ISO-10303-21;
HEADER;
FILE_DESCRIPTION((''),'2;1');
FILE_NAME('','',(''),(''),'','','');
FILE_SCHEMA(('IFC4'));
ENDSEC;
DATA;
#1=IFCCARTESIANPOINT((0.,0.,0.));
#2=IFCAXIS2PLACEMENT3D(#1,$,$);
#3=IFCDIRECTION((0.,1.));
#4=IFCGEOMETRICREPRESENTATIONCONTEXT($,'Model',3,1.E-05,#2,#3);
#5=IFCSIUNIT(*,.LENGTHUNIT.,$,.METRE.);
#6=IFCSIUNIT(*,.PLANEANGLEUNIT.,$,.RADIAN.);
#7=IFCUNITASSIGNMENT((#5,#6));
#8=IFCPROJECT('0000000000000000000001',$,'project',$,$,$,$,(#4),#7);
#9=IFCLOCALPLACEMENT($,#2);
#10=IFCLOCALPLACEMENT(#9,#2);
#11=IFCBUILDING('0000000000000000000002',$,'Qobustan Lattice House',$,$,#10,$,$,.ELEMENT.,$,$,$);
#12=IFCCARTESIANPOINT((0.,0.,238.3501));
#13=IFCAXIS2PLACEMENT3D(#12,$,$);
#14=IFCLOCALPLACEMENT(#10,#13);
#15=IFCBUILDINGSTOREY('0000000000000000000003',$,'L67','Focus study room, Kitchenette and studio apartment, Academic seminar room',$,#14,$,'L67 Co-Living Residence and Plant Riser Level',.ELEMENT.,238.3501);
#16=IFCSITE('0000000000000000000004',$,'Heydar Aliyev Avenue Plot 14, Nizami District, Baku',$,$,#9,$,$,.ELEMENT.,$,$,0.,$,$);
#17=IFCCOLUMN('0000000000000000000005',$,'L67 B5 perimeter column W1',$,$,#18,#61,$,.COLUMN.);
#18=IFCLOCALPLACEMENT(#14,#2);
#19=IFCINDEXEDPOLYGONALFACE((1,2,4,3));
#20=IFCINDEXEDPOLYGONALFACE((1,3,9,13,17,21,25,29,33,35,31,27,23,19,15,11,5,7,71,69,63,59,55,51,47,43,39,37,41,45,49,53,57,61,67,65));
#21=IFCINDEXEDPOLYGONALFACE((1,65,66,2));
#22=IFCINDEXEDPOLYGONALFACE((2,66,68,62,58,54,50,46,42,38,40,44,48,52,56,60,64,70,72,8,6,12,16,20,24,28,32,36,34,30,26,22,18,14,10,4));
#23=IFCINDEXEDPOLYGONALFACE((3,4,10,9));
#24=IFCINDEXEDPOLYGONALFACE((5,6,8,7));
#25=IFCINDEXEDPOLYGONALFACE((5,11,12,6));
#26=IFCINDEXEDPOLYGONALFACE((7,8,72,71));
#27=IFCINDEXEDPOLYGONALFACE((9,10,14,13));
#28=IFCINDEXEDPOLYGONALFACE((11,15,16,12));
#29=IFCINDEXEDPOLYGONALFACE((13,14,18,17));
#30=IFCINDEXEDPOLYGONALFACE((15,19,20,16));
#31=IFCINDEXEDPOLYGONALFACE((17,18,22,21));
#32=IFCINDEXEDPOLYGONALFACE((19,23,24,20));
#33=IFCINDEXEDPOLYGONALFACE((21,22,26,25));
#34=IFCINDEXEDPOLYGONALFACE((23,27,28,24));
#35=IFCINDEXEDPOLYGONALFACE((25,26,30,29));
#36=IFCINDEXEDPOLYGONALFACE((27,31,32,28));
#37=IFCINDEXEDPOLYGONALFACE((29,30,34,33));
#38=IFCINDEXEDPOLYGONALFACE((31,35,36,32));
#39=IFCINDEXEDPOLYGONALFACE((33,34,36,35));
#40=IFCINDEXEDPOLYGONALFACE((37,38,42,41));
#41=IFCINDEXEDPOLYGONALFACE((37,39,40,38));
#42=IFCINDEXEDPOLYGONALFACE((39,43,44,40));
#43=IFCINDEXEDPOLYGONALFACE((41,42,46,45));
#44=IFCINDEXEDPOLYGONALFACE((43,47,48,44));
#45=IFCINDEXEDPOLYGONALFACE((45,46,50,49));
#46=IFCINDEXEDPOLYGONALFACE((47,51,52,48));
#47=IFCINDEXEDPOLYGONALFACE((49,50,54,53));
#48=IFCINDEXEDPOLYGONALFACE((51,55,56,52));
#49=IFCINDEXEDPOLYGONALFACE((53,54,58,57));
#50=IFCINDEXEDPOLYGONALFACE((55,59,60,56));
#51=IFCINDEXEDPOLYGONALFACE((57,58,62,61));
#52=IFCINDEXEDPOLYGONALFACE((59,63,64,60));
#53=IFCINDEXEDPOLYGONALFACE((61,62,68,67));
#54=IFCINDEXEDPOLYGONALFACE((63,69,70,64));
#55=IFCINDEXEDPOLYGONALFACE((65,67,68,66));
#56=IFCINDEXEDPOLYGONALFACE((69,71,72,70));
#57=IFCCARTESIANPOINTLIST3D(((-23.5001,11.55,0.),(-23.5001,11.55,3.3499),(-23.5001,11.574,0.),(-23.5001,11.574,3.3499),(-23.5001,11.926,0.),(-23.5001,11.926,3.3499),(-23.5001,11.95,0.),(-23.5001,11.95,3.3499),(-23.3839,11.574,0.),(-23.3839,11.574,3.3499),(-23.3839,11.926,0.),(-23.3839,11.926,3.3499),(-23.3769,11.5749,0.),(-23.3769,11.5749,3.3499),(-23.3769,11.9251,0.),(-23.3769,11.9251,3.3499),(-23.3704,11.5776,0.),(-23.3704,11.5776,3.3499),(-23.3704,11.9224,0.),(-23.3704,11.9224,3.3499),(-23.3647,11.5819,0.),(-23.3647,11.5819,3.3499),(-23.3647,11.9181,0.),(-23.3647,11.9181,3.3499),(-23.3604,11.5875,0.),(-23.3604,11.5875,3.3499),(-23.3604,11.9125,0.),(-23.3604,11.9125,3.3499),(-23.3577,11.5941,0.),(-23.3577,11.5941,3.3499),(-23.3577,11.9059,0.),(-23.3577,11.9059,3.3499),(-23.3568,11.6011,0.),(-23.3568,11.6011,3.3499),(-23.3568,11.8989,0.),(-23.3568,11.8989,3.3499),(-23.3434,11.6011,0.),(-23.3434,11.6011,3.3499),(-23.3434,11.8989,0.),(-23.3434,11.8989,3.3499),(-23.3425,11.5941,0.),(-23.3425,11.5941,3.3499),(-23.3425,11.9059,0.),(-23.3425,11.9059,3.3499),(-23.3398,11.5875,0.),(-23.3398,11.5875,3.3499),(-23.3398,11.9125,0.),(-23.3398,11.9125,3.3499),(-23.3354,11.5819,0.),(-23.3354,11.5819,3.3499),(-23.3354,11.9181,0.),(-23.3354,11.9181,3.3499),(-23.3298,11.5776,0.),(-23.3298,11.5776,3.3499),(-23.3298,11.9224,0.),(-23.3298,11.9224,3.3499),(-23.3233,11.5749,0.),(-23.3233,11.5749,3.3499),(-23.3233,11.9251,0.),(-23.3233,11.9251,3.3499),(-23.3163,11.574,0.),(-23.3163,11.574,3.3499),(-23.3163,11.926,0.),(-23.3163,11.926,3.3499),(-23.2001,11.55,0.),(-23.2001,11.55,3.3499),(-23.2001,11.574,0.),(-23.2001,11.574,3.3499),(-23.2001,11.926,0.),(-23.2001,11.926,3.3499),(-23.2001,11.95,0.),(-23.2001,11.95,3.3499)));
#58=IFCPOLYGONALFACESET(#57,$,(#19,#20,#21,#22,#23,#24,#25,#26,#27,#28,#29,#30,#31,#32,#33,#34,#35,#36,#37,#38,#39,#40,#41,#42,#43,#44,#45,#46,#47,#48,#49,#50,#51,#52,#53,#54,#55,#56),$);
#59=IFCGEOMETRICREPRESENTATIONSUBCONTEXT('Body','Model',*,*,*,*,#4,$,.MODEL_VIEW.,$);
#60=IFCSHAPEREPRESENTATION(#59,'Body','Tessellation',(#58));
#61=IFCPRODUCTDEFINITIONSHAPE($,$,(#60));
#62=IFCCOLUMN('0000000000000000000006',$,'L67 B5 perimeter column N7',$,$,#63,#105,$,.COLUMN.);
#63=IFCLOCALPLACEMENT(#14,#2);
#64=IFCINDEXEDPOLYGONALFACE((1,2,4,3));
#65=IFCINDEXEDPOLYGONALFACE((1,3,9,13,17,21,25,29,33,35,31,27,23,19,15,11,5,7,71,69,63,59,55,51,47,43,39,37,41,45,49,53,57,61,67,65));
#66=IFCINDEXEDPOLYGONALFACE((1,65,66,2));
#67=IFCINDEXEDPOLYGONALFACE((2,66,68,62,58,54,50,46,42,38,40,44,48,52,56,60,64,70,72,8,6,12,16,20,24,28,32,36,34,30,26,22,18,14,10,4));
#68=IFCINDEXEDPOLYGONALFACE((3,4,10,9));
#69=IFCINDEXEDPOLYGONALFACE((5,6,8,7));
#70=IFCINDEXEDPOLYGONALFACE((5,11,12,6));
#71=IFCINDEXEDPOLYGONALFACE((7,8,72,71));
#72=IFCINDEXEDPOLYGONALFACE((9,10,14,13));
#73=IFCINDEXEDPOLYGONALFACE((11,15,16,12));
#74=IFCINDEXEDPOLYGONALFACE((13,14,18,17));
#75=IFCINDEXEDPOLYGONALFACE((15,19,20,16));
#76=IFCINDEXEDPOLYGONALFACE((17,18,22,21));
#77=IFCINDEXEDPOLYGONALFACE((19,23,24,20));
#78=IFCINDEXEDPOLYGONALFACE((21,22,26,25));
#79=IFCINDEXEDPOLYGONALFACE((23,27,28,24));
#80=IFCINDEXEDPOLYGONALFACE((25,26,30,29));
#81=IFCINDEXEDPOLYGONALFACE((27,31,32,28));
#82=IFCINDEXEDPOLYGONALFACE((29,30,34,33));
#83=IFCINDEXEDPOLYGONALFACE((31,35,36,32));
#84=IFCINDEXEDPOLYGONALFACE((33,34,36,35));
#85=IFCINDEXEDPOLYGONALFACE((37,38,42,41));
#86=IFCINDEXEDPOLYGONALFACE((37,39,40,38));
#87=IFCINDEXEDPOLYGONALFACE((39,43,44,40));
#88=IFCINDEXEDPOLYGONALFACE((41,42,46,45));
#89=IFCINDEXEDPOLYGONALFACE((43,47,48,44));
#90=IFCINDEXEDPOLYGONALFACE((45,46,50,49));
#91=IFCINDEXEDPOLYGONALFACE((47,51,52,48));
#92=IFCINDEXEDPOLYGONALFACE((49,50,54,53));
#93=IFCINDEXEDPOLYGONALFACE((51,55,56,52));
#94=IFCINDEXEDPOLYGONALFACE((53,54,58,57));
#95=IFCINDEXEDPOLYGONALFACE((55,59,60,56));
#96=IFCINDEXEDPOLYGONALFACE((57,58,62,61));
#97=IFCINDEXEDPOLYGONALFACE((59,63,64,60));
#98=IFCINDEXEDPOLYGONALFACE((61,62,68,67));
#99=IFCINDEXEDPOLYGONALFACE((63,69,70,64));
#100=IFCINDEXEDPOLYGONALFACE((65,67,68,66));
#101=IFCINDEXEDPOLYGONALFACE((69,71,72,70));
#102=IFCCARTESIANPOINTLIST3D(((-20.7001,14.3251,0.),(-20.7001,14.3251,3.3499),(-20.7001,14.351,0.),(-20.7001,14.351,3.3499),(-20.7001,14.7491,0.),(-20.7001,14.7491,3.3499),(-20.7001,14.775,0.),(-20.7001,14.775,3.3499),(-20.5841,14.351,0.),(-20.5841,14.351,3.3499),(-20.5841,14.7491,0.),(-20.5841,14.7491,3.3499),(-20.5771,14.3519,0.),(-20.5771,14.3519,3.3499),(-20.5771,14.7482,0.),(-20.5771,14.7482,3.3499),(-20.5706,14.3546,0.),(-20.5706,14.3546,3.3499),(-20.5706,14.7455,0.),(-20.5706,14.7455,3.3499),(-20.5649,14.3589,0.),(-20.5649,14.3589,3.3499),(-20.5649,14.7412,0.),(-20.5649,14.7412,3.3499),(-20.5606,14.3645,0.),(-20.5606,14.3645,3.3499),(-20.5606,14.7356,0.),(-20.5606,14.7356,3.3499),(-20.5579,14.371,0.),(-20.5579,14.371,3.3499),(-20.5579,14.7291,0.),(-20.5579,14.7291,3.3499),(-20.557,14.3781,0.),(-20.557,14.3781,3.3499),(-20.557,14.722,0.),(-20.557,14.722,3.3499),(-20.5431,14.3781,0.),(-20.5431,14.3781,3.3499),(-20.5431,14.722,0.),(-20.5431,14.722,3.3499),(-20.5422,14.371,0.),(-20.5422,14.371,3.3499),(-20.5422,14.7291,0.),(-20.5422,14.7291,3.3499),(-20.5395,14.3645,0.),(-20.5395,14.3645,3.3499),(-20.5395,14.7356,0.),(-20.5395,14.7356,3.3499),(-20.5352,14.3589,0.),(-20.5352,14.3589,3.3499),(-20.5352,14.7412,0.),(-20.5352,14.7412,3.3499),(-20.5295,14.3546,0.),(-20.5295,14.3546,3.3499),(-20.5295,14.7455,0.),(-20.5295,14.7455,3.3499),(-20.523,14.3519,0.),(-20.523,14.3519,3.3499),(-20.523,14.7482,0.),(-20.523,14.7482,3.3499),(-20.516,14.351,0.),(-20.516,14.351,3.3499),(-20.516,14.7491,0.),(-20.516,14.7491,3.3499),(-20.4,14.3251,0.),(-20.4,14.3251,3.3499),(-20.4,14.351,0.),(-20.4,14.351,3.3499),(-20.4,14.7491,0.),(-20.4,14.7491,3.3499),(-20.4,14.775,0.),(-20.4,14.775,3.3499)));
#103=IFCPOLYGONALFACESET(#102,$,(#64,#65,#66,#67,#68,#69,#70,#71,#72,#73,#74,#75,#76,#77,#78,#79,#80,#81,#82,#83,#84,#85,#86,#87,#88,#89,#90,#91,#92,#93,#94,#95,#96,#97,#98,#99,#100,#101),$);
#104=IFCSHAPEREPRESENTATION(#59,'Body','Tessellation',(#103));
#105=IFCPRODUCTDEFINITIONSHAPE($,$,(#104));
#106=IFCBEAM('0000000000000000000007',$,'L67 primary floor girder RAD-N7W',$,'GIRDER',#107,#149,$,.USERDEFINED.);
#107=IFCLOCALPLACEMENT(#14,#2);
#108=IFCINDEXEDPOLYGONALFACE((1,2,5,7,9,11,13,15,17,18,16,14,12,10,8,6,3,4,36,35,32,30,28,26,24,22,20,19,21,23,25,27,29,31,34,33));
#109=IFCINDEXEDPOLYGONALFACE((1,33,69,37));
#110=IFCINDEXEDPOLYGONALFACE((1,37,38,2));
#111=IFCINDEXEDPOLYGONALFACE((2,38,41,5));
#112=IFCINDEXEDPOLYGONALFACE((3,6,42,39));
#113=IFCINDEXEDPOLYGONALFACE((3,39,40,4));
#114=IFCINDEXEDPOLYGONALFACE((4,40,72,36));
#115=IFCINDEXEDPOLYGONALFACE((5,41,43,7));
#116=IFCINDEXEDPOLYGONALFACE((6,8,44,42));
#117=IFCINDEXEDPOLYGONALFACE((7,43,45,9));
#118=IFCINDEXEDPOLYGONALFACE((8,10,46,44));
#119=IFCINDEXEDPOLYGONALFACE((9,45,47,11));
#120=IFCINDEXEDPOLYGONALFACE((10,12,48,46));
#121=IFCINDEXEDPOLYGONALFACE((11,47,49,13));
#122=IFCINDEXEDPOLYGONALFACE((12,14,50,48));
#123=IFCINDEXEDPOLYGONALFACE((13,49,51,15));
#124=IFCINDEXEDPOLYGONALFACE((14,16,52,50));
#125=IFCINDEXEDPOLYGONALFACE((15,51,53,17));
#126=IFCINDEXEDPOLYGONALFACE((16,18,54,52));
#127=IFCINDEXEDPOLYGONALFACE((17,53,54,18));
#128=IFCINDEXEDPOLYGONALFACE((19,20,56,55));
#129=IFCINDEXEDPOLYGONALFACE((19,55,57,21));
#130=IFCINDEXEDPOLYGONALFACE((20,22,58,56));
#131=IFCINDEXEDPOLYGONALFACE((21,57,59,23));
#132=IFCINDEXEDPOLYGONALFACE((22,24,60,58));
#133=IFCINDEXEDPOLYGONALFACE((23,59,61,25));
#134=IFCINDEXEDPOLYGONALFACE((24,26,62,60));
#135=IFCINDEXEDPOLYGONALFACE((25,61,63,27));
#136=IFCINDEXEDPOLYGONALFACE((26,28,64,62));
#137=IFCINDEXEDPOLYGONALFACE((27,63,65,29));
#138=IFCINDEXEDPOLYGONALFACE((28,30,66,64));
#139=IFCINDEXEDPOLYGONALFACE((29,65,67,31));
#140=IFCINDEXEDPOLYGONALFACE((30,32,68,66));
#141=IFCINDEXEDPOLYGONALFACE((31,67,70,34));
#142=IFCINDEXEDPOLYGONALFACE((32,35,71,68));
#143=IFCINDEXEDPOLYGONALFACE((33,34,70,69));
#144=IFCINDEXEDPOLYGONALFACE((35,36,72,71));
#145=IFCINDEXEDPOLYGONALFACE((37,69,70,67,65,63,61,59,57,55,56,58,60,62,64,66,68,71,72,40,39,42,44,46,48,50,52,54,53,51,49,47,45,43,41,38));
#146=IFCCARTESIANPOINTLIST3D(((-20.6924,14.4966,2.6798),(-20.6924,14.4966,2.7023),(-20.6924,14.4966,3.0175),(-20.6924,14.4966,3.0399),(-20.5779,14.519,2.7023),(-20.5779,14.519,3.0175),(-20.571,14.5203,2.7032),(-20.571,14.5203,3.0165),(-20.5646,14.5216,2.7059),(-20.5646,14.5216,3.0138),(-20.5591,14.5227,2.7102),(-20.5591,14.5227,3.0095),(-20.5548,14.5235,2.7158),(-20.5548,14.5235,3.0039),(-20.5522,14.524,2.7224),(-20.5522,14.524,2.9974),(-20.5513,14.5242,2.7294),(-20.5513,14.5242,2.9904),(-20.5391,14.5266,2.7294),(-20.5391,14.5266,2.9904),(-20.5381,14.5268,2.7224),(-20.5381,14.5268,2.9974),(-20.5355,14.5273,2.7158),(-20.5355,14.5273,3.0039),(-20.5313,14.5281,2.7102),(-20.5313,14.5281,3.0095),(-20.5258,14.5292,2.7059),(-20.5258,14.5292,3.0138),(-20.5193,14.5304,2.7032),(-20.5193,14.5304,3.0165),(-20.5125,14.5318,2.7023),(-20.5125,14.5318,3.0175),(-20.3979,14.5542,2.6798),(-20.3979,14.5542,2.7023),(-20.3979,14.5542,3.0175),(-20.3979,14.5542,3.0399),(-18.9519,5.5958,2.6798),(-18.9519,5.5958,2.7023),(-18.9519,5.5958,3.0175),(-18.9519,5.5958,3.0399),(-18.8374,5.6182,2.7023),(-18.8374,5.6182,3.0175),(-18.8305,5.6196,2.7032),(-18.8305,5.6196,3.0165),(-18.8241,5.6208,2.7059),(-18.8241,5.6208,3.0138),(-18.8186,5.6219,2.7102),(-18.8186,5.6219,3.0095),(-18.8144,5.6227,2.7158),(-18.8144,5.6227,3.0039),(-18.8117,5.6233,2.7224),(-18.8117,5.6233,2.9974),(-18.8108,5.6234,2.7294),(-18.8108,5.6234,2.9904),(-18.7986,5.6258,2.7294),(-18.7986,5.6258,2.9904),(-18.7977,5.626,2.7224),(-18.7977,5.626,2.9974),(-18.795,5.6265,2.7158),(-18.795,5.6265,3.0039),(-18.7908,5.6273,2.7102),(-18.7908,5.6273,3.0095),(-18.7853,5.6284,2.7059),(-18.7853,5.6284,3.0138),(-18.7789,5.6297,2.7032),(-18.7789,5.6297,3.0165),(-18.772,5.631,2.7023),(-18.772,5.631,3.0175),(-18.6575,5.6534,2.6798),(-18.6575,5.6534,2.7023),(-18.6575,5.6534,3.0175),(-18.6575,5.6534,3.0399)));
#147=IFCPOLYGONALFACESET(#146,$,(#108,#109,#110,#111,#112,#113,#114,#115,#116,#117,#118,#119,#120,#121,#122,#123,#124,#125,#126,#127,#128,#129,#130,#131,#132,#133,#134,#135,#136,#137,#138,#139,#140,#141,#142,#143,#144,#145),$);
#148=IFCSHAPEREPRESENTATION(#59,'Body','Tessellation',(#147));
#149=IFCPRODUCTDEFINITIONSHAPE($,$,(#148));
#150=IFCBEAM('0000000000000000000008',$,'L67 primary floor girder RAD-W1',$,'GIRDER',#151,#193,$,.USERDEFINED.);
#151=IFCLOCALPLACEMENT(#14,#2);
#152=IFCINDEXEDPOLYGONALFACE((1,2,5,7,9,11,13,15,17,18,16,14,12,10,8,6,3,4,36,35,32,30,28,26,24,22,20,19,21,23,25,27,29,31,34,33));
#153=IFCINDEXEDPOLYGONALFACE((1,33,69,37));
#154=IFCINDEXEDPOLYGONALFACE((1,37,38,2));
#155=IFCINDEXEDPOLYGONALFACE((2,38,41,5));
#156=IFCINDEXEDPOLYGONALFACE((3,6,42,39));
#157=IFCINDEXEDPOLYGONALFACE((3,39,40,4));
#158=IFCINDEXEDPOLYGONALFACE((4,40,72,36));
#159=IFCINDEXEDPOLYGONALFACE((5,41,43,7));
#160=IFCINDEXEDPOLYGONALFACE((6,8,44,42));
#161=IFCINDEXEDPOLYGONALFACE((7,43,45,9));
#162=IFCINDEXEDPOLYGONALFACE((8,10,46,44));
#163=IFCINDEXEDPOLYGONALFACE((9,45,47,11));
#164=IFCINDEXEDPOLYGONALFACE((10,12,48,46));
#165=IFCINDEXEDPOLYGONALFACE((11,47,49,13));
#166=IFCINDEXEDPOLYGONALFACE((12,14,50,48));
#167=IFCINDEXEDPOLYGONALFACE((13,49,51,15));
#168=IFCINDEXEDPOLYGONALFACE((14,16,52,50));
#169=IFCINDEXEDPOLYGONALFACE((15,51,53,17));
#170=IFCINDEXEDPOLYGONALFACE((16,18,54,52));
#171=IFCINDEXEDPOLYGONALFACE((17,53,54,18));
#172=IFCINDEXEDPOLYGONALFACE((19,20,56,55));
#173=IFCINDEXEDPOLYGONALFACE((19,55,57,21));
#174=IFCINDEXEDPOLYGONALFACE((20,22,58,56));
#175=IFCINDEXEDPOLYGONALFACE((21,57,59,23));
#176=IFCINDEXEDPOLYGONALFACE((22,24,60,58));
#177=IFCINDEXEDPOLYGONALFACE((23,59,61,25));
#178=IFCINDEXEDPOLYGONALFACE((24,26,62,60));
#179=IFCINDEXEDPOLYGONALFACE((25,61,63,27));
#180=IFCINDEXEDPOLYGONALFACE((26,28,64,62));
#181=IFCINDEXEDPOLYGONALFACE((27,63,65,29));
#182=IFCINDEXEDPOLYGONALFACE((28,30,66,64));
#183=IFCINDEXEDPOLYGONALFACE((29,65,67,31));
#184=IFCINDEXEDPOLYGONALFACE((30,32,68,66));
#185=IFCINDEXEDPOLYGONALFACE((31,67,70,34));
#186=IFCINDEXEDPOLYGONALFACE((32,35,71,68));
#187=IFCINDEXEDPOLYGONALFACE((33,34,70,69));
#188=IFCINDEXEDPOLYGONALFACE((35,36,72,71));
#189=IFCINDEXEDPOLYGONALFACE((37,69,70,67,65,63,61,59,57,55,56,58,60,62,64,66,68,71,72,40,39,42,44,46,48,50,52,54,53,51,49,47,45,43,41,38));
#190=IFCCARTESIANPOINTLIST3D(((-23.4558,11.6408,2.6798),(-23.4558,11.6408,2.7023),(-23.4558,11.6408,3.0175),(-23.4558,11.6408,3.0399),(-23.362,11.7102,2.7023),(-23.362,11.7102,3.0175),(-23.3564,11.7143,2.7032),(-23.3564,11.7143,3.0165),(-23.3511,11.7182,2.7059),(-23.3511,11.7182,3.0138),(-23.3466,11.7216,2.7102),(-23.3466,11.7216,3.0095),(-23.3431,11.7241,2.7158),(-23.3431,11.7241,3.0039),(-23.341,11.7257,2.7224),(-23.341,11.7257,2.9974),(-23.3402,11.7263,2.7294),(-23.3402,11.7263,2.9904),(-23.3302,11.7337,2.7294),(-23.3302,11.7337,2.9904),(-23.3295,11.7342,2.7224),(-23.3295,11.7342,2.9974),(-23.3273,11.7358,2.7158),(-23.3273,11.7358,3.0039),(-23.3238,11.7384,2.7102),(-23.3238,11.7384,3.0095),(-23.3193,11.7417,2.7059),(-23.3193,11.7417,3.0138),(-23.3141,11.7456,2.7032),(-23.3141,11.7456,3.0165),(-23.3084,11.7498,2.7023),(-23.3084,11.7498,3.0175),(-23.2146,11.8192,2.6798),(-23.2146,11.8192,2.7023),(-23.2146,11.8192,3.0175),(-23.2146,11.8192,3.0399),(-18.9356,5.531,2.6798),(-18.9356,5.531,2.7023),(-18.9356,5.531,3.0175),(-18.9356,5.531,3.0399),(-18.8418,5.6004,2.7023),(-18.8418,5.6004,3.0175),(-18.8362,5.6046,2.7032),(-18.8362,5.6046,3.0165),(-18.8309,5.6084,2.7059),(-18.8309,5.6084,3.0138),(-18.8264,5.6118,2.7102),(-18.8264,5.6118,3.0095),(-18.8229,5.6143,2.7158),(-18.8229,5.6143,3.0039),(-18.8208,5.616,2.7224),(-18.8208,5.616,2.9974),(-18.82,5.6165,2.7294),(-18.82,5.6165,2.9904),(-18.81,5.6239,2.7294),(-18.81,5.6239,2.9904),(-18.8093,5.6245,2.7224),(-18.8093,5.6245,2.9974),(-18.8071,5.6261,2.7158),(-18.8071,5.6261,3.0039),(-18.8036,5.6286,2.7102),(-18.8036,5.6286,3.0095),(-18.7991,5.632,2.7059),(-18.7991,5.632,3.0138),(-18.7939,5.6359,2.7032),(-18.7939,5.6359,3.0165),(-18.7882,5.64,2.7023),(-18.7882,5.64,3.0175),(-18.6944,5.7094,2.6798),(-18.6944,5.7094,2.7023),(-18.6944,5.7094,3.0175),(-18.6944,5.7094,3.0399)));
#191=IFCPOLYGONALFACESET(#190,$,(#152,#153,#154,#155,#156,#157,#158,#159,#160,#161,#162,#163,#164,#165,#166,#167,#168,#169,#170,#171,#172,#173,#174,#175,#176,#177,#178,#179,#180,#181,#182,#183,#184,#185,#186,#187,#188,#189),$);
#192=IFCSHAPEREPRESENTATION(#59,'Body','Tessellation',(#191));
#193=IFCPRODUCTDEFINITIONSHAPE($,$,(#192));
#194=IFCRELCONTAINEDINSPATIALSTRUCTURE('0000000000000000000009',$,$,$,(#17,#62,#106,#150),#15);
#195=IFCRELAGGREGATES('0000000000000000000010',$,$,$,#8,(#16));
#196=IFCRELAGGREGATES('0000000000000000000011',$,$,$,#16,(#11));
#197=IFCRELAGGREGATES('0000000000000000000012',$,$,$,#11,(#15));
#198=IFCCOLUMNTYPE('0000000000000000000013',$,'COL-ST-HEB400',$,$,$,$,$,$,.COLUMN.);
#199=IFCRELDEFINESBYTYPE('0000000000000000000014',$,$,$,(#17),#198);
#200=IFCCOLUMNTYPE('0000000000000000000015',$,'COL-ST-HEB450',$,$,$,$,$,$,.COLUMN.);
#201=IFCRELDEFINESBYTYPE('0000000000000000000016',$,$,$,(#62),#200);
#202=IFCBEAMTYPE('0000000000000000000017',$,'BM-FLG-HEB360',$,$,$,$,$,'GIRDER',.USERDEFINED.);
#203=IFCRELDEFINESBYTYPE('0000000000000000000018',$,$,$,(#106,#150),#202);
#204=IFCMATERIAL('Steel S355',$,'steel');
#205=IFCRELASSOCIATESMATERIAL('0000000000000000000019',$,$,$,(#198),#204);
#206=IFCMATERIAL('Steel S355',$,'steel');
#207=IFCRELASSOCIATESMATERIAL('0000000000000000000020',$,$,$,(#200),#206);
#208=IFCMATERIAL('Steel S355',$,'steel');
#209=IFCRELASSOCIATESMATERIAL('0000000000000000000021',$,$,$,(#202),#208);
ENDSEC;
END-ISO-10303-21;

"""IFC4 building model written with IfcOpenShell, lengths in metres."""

from ifc_helpers import new_model, si_unit, direction, frame, origin, origin_2d, place, context, subcontext, project, spatial, i_section, extrude, material, material_profile, profile_set, type_object, element, save


model = new_model("IFC4")

# Units and contexts
model_context = context("Model", 3, precision=1e-05, world=origin(), true_north=direction((0.0, 1.0)))
body_context = subcontext(model_context, "Body", "Model", "MODEL_VIEW")
ifc_project = project(units=[si_unit("LENGTHUNIT", "METRE"), si_unit("PLANEANGLEUNIT", "RADIAN")], contexts=[model_context])

# Site, building, storey
site_placement = place(None, origin())
site = spatial("IfcSite", under=ifc_project, at=site_placement, Name="Heydar Aliyev Avenue Plot 14, Nizami District, Baku", CompositionType="ELEMENT", RefElevation=0.0)
building_placement = place(site_placement, origin())
building = spatial("IfcBuilding", under=site, at=building_placement, Name="Qobustan Lattice House", CompositionType="ELEMENT")
storey_placement = place(building_placement, frame((0.0, 0.0, 238.3501)))
storey = spatial("IfcBuildingStorey", under=building, at=storey_placement, Name="L67", Description="Focus study room, Kitchenette and studio apartment, Academic seminar room", LongName="L67 Co-Living Residence and Plant Riser Level", CompositionType="ELEMENT", Elevation=238.3501)

# Columns
ifc_material_1 = material(Name="Steel S355", Category="steel")
ifc_material_profile_1 = material_profile(ifc_material_1, i_section(OverallWidth=0.3, OverallDepth=0.3999, WebThickness=0.0134, FlangeThickness=0.0239, FilletRadius=0.0271, at=origin_2d()), Name="HEB400")
ifc_profile_set_1 = profile_set([ifc_material_profile_1], Name="Steel S355")
column_type_1 = type_object("IfcColumnType", Name="COL-ST-HEB400", PredefinedType="COLUMN", material=ifc_profile_set_1)
column_1_placement = place(storey_placement, frame((-23.3501, 11.75, 0.0), z_axis=(0.0, 0.0, 1.0), x_axis=(1.0, 0.0, 0.0)))
element("IfcColumn", 1, at=column_1_placement, inside=storey, type_object=column_type_1, Name="L67 B5 perimeter column W1", PredefinedType="COLUMN", context=body_context, shape_type="SweptSolid", body=[
    extrude(i_section(OverallWidth=0.3, OverallDepth=0.3999, WebThickness=0.0134, FlangeThickness=0.0239, FilletRadius=0.0271, at=origin_2d()), origin(), (0.0, 0.0, 1.0), 3.3499),
])
ifc_material_2 = material(Name="Steel S355", Category="steel")
ifc_material_profile_2 = material_profile(ifc_material_2, i_section(OverallWidth=0.3, OverallDepth=0.45, WebThickness=0.0139, FlangeThickness=0.0259, FilletRadius=0.0271, at=origin_2d()), Name="HEB450")
ifc_profile_set_2 = profile_set([ifc_material_profile_2], Name="Steel S355")
column_type_2 = type_object("IfcColumnType", Name="COL-ST-HEB450", PredefinedType="COLUMN", material=ifc_profile_set_2)
column_2_placement = place(storey_placement, frame((-20.55, 14.55, 0.0), z_axis=(0.0, 0.0, 1.0), x_axis=(1.0, 0.0, 0.0)))
element("IfcColumn", 2, at=column_2_placement, inside=storey, type_object=column_type_2, Name="L67 B5 perimeter column N7", PredefinedType="COLUMN", context=body_context, shape_type="SweptSolid", body=[
    extrude(i_section(OverallWidth=0.3, OverallDepth=0.45, WebThickness=0.0139, FlangeThickness=0.0259, FilletRadius=0.0271, at=origin_2d()), origin(), (0.0, 0.0, 1.0), 3.3499),
])

# Beams
ifc_material_3 = material(Name="Steel S355", Category="steel")
ifc_material_profile_3 = material_profile(ifc_material_3, i_section(OverallWidth=0.3, OverallDepth=0.3601, WebThickness=0.0125, FlangeThickness=0.0225, FilletRadius=0.0271, at=origin_2d()), Name="HEB360")
ifc_profile_set_3 = profile_set([ifc_material_profile_3], Name="Steel S355")
beam_type_1 = type_object("IfcBeamType", Name="BM-FLG-HEB360", ElementType="GIRDER", PredefinedType="USERDEFINED", material=ifc_profile_set_3)
beam_1_placement = place(storey_placement, frame((-20.5452, 14.5254, 2.8599), z_axis=(0.191906, -0.981413, 0.0), x_axis=(0.981413, 0.191906, 0.0)))
element("IfcBeam", 3, at=beam_1_placement, inside=storey, type_object=beam_type_1, Name="L67 primary floor girder RAD-N7W", ObjectType="GIRDER", PredefinedType="USERDEFINED", context=body_context, shape_type="SweptSolid", body=[
    extrude(i_section(OverallWidth=0.3, OverallDepth=0.3601, WebThickness=0.0125, FlangeThickness=0.0225, FilletRadius=0.0271, at=origin_2d()), origin(), (0.0, 0.0, 1.0), 9.0693),
])
beam_2_placement = place(storey_placement, frame((-23.3352, 11.73, 2.8599), z_axis=(0.594755, -0.803907, 0.0), x_axis=(0.803907, 0.594755, 0.0)))
element("IfcBeam", 4, at=beam_2_placement, inside=storey, type_object=beam_type_1, Name="L67 primary floor girder RAD-W1", ObjectType="GIRDER", PredefinedType="USERDEFINED", context=body_context, shape_type="SweptSolid", body=[
    extrude(i_section(OverallWidth=0.3, OverallDepth=0.3601, WebThickness=0.0125, FlangeThickness=0.0225, FilletRadius=0.0271, at=origin_2d()), origin(), (0.0, 0.0, 1.0), 7.6001),
])

save(model, "model.ifc")
